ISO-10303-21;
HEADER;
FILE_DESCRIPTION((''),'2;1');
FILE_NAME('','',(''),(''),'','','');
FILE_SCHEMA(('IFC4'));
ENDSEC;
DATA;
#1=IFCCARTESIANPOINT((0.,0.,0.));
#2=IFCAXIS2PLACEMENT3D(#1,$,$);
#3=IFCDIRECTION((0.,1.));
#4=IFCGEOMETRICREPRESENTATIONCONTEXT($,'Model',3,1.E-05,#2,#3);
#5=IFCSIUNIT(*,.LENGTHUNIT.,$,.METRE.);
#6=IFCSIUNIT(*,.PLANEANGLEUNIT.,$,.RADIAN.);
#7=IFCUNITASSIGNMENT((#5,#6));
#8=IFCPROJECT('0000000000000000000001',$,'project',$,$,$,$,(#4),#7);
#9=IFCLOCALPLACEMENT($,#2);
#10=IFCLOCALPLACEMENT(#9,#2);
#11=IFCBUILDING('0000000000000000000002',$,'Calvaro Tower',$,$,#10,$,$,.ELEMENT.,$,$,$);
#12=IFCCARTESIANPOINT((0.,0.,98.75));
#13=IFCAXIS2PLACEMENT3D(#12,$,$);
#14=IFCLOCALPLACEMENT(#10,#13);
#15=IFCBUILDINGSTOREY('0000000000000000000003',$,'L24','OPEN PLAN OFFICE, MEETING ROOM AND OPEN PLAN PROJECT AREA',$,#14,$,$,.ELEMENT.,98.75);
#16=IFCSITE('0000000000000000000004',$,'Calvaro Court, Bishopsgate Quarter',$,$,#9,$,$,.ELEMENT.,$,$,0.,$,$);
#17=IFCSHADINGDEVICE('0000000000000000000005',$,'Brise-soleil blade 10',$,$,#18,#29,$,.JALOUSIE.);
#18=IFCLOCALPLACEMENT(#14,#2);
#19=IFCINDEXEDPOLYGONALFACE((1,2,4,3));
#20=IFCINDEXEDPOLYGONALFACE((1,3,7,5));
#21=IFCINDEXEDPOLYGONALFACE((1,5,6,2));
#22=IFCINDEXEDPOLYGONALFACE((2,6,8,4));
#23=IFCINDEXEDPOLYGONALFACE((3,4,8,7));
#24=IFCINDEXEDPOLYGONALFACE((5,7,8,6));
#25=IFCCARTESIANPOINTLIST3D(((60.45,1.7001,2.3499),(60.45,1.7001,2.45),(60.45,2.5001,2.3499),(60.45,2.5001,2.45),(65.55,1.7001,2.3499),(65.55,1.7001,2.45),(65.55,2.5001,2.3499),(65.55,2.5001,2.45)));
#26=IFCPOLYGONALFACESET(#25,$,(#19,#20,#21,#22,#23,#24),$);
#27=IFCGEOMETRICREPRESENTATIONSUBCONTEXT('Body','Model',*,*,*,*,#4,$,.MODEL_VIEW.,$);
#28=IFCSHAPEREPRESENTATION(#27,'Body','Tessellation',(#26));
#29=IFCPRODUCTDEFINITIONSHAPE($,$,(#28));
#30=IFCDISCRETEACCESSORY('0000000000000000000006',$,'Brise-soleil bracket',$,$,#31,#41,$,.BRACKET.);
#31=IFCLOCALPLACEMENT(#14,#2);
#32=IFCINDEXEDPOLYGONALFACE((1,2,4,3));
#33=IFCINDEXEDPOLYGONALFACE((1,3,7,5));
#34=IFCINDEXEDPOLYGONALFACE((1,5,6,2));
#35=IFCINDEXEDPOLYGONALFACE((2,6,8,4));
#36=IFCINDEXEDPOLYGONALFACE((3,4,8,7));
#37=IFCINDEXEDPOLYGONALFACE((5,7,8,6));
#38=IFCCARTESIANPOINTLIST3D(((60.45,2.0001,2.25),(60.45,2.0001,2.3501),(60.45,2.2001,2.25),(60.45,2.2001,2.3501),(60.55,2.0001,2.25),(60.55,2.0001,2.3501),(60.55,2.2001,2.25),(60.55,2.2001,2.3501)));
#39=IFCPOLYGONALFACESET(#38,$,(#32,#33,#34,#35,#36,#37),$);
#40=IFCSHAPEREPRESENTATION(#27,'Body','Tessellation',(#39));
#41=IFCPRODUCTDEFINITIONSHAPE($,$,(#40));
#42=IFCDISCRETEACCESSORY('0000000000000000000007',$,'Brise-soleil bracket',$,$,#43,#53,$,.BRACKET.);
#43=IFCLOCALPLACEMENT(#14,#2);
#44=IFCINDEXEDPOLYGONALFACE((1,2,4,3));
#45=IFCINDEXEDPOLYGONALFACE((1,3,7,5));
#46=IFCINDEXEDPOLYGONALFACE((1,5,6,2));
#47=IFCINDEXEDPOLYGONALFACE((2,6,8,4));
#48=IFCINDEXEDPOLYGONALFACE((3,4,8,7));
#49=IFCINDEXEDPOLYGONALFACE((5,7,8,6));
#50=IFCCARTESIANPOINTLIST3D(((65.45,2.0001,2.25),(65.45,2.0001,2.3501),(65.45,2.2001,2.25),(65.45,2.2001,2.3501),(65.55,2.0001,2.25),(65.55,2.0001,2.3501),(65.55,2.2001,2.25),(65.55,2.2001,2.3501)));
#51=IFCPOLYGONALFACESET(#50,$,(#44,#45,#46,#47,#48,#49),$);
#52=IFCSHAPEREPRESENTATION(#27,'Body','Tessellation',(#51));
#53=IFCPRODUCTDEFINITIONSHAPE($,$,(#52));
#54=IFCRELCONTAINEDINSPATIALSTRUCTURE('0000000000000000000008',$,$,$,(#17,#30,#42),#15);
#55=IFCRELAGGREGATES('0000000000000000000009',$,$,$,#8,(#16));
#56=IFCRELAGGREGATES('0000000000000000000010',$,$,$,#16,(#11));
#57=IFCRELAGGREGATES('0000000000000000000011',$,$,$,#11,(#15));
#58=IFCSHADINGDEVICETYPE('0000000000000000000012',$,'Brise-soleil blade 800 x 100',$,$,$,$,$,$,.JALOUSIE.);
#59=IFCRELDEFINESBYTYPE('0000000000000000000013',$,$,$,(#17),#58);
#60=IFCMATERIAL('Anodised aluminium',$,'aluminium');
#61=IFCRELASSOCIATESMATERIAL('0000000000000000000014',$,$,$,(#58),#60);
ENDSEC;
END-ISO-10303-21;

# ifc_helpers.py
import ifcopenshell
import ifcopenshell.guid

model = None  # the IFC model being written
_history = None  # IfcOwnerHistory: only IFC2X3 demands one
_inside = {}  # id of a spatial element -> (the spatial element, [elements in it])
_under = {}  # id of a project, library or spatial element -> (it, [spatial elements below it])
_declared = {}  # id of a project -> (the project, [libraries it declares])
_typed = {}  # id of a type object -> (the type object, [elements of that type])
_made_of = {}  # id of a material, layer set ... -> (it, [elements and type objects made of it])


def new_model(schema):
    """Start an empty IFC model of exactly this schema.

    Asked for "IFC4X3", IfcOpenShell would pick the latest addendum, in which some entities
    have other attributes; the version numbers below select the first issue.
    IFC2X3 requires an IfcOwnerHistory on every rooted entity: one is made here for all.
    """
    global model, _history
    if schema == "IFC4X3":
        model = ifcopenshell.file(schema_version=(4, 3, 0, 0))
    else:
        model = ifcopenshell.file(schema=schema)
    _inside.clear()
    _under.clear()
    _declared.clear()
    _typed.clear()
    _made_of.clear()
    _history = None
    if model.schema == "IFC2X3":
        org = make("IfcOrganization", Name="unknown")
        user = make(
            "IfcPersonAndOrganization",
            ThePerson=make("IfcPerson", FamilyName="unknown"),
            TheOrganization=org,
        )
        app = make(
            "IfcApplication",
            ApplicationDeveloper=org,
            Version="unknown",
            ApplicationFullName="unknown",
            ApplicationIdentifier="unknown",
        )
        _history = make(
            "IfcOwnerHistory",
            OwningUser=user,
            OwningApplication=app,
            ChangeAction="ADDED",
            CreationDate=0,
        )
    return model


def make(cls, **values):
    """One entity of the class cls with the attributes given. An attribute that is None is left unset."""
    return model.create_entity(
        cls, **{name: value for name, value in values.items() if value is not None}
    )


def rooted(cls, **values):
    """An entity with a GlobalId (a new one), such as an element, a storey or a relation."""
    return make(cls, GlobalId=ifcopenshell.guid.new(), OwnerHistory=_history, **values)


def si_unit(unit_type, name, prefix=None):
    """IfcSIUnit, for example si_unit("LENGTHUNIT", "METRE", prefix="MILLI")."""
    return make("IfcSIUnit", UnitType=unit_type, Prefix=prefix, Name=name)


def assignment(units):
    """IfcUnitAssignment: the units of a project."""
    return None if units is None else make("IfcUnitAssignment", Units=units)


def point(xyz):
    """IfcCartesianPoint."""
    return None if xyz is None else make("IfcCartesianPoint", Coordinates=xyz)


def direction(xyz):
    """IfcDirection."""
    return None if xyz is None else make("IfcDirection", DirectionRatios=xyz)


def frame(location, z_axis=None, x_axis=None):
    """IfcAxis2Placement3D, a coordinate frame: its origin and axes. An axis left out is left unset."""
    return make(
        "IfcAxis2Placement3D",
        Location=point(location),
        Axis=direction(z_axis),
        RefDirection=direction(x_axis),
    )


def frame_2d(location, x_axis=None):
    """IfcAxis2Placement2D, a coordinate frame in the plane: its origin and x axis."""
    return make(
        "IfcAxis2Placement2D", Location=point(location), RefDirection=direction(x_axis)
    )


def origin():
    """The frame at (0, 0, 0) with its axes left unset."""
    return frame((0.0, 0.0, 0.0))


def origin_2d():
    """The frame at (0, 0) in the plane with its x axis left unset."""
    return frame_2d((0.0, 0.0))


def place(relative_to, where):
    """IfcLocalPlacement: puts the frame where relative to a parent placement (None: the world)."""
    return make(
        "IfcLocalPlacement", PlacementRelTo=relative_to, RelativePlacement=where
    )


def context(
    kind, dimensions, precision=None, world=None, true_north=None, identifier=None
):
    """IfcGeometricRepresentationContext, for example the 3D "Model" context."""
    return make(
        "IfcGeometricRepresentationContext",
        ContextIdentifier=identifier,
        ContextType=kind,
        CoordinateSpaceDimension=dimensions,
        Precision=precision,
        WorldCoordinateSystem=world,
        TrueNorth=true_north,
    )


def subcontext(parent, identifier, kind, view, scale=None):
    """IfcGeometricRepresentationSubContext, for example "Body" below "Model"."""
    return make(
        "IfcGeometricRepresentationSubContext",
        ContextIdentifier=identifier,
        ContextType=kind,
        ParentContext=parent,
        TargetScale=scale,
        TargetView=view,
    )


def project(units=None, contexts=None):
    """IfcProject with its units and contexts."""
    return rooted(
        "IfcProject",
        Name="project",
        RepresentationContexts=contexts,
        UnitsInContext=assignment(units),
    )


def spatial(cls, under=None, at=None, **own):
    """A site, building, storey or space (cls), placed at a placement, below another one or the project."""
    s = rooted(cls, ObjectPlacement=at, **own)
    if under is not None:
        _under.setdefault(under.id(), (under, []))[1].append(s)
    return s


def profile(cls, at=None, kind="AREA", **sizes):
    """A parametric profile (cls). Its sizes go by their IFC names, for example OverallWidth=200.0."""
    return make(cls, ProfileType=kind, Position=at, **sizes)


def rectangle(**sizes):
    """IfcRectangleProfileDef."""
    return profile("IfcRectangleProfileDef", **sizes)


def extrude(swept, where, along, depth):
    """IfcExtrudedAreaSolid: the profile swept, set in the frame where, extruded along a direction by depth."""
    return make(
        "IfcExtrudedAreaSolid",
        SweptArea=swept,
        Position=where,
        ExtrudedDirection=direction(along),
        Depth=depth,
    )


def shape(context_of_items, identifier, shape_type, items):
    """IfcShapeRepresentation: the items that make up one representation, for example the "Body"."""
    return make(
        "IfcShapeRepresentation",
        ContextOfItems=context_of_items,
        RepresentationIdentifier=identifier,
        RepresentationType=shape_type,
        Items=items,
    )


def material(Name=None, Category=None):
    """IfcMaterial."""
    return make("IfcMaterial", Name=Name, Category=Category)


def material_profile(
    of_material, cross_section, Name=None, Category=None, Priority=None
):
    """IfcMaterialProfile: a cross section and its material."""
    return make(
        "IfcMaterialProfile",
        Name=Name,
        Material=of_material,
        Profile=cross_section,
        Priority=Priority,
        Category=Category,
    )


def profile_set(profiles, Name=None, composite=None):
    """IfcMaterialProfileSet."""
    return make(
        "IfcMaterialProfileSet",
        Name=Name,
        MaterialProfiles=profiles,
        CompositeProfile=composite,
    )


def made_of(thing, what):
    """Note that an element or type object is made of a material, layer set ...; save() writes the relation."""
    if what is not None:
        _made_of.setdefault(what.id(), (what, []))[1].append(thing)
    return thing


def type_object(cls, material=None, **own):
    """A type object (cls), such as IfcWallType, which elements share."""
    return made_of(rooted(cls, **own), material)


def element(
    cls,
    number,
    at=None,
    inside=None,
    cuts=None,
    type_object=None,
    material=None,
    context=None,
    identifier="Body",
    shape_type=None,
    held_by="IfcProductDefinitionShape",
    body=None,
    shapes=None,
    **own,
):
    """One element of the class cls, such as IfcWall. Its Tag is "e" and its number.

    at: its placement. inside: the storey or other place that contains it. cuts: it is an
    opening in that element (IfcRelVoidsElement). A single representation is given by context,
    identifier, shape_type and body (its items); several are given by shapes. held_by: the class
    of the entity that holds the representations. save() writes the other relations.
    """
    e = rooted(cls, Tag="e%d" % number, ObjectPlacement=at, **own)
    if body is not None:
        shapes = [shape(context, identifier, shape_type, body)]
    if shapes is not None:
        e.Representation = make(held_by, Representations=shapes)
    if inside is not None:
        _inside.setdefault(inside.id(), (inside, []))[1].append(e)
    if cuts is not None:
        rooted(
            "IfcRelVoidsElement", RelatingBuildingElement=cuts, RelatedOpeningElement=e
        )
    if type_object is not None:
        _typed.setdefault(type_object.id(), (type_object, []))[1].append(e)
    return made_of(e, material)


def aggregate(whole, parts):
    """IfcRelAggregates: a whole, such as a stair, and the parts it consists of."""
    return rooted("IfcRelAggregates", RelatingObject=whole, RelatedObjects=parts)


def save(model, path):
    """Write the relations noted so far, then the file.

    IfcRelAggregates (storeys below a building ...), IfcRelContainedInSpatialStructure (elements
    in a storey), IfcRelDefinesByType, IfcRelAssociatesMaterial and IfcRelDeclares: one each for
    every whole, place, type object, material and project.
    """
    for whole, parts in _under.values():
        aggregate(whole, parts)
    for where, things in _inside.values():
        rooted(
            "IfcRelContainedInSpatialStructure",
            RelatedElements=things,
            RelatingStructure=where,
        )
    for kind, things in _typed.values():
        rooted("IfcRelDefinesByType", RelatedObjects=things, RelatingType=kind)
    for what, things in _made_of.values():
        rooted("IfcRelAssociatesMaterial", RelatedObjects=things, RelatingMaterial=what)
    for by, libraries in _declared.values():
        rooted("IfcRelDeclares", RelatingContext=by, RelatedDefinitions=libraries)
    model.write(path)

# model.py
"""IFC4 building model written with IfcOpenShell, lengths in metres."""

from ifc_helpers import new_model, si_unit, direction, frame, origin, origin_2d, place, context, subcontext, project, spatial, rectangle, extrude, material, material_profile, profile_set, type_object, element, save


model = new_model("IFC4")

# Units and contexts
model_context = context("Model", 3, precision=1e-05, world=origin(), true_north=direction((0.0, 1.0)))
body_context = subcontext(model_context, "Body", "Model", "MODEL_VIEW")
ifc_project = project(units=[si_unit("LENGTHUNIT", "METRE"), si_unit("PLANEANGLEUNIT", "RADIAN")], contexts=[model_context])

# Site, building, storey
site_placement = place(None, origin())
site = spatial("IfcSite", under=ifc_project, at=site_placement, Name="Calvaro Court, Bishopsgate Quarter", CompositionType="ELEMENT", RefElevation=0.0)
building_placement = place(site_placement, origin())
building = spatial("IfcBuilding", under=site, at=building_placement, Name="Calvaro Tower", CompositionType="ELEMENT")
storey_placement = place(building_placement, frame((0.0, 0.0, 98.75)))
storey = spatial("IfcBuildingStorey", under=building, at=storey_placement, Name="L24", Description="OPEN PLAN OFFICE, MEETING ROOM AND OPEN PLAN PROJECT AREA", CompositionType="ELEMENT", Elevation=98.75)

# Shading device
ifc_material_1 = material(Name="Anodised aluminium", Category="aluminium")
ifc_material_profile_1 = material_profile(ifc_material_1, rectangle(XDim=0.8, YDim=0.1001, at=origin_2d()), Name="Brise-soleil blade 800 x 100")
ifc_profile_set_1 = profile_set([ifc_material_profile_1], Name="Anodised aluminium")
shading_device_type = type_object("IfcShadingDeviceType", Name="Brise-soleil blade 800 x 100", PredefinedType="JALOUSIE", material=ifc_profile_set_1)
shading_device_placement = place(storey_placement, frame((60.45, 2.1001, 2.3999), z_axis=(1.0, 0.0, 0.0), x_axis=(0.0, 1.0, 0.0)))
element("IfcShadingDevice", 1, at=shading_device_placement, inside=storey, type_object=shading_device_type, Name="Brise-soleil blade 10", PredefinedType="JALOUSIE", context=body_context, shape_type="SweptSolid", body=[
    extrude(rectangle(XDim=0.8, YDim=0.1001, at=origin_2d()), origin(), (0.0, 0.0, 1.0), 5.1001),
])

# Discrete accessories
for number, where, z_axis, x_axis, name in (
    (2, (60.5, 2.1001, 2.25), (0.0, 0.0, 1.0), (1.0, 0.0, 0.0), "Brise-soleil bracket"),
    (3, (65.5, 2.1001, 2.25), (0.0, 0.0, 1.0), (1.0, 0.0, 0.0), "Brise-soleil bracket"),
):
    element("IfcDiscreteAccessory", number, at=place(storey_placement, frame(where, z_axis=z_axis, x_axis=x_axis)), inside=storey, Name=name, PredefinedType="BRACKET", context=body_context, shape_type="SweptSolid", body=[
        extrude(rectangle(XDim=0.1001, YDim=0.2, at=origin_2d()), origin(), (0.0, 0.0, 1.0), 0.1001),
    ])

save(model, "model.ifc")
